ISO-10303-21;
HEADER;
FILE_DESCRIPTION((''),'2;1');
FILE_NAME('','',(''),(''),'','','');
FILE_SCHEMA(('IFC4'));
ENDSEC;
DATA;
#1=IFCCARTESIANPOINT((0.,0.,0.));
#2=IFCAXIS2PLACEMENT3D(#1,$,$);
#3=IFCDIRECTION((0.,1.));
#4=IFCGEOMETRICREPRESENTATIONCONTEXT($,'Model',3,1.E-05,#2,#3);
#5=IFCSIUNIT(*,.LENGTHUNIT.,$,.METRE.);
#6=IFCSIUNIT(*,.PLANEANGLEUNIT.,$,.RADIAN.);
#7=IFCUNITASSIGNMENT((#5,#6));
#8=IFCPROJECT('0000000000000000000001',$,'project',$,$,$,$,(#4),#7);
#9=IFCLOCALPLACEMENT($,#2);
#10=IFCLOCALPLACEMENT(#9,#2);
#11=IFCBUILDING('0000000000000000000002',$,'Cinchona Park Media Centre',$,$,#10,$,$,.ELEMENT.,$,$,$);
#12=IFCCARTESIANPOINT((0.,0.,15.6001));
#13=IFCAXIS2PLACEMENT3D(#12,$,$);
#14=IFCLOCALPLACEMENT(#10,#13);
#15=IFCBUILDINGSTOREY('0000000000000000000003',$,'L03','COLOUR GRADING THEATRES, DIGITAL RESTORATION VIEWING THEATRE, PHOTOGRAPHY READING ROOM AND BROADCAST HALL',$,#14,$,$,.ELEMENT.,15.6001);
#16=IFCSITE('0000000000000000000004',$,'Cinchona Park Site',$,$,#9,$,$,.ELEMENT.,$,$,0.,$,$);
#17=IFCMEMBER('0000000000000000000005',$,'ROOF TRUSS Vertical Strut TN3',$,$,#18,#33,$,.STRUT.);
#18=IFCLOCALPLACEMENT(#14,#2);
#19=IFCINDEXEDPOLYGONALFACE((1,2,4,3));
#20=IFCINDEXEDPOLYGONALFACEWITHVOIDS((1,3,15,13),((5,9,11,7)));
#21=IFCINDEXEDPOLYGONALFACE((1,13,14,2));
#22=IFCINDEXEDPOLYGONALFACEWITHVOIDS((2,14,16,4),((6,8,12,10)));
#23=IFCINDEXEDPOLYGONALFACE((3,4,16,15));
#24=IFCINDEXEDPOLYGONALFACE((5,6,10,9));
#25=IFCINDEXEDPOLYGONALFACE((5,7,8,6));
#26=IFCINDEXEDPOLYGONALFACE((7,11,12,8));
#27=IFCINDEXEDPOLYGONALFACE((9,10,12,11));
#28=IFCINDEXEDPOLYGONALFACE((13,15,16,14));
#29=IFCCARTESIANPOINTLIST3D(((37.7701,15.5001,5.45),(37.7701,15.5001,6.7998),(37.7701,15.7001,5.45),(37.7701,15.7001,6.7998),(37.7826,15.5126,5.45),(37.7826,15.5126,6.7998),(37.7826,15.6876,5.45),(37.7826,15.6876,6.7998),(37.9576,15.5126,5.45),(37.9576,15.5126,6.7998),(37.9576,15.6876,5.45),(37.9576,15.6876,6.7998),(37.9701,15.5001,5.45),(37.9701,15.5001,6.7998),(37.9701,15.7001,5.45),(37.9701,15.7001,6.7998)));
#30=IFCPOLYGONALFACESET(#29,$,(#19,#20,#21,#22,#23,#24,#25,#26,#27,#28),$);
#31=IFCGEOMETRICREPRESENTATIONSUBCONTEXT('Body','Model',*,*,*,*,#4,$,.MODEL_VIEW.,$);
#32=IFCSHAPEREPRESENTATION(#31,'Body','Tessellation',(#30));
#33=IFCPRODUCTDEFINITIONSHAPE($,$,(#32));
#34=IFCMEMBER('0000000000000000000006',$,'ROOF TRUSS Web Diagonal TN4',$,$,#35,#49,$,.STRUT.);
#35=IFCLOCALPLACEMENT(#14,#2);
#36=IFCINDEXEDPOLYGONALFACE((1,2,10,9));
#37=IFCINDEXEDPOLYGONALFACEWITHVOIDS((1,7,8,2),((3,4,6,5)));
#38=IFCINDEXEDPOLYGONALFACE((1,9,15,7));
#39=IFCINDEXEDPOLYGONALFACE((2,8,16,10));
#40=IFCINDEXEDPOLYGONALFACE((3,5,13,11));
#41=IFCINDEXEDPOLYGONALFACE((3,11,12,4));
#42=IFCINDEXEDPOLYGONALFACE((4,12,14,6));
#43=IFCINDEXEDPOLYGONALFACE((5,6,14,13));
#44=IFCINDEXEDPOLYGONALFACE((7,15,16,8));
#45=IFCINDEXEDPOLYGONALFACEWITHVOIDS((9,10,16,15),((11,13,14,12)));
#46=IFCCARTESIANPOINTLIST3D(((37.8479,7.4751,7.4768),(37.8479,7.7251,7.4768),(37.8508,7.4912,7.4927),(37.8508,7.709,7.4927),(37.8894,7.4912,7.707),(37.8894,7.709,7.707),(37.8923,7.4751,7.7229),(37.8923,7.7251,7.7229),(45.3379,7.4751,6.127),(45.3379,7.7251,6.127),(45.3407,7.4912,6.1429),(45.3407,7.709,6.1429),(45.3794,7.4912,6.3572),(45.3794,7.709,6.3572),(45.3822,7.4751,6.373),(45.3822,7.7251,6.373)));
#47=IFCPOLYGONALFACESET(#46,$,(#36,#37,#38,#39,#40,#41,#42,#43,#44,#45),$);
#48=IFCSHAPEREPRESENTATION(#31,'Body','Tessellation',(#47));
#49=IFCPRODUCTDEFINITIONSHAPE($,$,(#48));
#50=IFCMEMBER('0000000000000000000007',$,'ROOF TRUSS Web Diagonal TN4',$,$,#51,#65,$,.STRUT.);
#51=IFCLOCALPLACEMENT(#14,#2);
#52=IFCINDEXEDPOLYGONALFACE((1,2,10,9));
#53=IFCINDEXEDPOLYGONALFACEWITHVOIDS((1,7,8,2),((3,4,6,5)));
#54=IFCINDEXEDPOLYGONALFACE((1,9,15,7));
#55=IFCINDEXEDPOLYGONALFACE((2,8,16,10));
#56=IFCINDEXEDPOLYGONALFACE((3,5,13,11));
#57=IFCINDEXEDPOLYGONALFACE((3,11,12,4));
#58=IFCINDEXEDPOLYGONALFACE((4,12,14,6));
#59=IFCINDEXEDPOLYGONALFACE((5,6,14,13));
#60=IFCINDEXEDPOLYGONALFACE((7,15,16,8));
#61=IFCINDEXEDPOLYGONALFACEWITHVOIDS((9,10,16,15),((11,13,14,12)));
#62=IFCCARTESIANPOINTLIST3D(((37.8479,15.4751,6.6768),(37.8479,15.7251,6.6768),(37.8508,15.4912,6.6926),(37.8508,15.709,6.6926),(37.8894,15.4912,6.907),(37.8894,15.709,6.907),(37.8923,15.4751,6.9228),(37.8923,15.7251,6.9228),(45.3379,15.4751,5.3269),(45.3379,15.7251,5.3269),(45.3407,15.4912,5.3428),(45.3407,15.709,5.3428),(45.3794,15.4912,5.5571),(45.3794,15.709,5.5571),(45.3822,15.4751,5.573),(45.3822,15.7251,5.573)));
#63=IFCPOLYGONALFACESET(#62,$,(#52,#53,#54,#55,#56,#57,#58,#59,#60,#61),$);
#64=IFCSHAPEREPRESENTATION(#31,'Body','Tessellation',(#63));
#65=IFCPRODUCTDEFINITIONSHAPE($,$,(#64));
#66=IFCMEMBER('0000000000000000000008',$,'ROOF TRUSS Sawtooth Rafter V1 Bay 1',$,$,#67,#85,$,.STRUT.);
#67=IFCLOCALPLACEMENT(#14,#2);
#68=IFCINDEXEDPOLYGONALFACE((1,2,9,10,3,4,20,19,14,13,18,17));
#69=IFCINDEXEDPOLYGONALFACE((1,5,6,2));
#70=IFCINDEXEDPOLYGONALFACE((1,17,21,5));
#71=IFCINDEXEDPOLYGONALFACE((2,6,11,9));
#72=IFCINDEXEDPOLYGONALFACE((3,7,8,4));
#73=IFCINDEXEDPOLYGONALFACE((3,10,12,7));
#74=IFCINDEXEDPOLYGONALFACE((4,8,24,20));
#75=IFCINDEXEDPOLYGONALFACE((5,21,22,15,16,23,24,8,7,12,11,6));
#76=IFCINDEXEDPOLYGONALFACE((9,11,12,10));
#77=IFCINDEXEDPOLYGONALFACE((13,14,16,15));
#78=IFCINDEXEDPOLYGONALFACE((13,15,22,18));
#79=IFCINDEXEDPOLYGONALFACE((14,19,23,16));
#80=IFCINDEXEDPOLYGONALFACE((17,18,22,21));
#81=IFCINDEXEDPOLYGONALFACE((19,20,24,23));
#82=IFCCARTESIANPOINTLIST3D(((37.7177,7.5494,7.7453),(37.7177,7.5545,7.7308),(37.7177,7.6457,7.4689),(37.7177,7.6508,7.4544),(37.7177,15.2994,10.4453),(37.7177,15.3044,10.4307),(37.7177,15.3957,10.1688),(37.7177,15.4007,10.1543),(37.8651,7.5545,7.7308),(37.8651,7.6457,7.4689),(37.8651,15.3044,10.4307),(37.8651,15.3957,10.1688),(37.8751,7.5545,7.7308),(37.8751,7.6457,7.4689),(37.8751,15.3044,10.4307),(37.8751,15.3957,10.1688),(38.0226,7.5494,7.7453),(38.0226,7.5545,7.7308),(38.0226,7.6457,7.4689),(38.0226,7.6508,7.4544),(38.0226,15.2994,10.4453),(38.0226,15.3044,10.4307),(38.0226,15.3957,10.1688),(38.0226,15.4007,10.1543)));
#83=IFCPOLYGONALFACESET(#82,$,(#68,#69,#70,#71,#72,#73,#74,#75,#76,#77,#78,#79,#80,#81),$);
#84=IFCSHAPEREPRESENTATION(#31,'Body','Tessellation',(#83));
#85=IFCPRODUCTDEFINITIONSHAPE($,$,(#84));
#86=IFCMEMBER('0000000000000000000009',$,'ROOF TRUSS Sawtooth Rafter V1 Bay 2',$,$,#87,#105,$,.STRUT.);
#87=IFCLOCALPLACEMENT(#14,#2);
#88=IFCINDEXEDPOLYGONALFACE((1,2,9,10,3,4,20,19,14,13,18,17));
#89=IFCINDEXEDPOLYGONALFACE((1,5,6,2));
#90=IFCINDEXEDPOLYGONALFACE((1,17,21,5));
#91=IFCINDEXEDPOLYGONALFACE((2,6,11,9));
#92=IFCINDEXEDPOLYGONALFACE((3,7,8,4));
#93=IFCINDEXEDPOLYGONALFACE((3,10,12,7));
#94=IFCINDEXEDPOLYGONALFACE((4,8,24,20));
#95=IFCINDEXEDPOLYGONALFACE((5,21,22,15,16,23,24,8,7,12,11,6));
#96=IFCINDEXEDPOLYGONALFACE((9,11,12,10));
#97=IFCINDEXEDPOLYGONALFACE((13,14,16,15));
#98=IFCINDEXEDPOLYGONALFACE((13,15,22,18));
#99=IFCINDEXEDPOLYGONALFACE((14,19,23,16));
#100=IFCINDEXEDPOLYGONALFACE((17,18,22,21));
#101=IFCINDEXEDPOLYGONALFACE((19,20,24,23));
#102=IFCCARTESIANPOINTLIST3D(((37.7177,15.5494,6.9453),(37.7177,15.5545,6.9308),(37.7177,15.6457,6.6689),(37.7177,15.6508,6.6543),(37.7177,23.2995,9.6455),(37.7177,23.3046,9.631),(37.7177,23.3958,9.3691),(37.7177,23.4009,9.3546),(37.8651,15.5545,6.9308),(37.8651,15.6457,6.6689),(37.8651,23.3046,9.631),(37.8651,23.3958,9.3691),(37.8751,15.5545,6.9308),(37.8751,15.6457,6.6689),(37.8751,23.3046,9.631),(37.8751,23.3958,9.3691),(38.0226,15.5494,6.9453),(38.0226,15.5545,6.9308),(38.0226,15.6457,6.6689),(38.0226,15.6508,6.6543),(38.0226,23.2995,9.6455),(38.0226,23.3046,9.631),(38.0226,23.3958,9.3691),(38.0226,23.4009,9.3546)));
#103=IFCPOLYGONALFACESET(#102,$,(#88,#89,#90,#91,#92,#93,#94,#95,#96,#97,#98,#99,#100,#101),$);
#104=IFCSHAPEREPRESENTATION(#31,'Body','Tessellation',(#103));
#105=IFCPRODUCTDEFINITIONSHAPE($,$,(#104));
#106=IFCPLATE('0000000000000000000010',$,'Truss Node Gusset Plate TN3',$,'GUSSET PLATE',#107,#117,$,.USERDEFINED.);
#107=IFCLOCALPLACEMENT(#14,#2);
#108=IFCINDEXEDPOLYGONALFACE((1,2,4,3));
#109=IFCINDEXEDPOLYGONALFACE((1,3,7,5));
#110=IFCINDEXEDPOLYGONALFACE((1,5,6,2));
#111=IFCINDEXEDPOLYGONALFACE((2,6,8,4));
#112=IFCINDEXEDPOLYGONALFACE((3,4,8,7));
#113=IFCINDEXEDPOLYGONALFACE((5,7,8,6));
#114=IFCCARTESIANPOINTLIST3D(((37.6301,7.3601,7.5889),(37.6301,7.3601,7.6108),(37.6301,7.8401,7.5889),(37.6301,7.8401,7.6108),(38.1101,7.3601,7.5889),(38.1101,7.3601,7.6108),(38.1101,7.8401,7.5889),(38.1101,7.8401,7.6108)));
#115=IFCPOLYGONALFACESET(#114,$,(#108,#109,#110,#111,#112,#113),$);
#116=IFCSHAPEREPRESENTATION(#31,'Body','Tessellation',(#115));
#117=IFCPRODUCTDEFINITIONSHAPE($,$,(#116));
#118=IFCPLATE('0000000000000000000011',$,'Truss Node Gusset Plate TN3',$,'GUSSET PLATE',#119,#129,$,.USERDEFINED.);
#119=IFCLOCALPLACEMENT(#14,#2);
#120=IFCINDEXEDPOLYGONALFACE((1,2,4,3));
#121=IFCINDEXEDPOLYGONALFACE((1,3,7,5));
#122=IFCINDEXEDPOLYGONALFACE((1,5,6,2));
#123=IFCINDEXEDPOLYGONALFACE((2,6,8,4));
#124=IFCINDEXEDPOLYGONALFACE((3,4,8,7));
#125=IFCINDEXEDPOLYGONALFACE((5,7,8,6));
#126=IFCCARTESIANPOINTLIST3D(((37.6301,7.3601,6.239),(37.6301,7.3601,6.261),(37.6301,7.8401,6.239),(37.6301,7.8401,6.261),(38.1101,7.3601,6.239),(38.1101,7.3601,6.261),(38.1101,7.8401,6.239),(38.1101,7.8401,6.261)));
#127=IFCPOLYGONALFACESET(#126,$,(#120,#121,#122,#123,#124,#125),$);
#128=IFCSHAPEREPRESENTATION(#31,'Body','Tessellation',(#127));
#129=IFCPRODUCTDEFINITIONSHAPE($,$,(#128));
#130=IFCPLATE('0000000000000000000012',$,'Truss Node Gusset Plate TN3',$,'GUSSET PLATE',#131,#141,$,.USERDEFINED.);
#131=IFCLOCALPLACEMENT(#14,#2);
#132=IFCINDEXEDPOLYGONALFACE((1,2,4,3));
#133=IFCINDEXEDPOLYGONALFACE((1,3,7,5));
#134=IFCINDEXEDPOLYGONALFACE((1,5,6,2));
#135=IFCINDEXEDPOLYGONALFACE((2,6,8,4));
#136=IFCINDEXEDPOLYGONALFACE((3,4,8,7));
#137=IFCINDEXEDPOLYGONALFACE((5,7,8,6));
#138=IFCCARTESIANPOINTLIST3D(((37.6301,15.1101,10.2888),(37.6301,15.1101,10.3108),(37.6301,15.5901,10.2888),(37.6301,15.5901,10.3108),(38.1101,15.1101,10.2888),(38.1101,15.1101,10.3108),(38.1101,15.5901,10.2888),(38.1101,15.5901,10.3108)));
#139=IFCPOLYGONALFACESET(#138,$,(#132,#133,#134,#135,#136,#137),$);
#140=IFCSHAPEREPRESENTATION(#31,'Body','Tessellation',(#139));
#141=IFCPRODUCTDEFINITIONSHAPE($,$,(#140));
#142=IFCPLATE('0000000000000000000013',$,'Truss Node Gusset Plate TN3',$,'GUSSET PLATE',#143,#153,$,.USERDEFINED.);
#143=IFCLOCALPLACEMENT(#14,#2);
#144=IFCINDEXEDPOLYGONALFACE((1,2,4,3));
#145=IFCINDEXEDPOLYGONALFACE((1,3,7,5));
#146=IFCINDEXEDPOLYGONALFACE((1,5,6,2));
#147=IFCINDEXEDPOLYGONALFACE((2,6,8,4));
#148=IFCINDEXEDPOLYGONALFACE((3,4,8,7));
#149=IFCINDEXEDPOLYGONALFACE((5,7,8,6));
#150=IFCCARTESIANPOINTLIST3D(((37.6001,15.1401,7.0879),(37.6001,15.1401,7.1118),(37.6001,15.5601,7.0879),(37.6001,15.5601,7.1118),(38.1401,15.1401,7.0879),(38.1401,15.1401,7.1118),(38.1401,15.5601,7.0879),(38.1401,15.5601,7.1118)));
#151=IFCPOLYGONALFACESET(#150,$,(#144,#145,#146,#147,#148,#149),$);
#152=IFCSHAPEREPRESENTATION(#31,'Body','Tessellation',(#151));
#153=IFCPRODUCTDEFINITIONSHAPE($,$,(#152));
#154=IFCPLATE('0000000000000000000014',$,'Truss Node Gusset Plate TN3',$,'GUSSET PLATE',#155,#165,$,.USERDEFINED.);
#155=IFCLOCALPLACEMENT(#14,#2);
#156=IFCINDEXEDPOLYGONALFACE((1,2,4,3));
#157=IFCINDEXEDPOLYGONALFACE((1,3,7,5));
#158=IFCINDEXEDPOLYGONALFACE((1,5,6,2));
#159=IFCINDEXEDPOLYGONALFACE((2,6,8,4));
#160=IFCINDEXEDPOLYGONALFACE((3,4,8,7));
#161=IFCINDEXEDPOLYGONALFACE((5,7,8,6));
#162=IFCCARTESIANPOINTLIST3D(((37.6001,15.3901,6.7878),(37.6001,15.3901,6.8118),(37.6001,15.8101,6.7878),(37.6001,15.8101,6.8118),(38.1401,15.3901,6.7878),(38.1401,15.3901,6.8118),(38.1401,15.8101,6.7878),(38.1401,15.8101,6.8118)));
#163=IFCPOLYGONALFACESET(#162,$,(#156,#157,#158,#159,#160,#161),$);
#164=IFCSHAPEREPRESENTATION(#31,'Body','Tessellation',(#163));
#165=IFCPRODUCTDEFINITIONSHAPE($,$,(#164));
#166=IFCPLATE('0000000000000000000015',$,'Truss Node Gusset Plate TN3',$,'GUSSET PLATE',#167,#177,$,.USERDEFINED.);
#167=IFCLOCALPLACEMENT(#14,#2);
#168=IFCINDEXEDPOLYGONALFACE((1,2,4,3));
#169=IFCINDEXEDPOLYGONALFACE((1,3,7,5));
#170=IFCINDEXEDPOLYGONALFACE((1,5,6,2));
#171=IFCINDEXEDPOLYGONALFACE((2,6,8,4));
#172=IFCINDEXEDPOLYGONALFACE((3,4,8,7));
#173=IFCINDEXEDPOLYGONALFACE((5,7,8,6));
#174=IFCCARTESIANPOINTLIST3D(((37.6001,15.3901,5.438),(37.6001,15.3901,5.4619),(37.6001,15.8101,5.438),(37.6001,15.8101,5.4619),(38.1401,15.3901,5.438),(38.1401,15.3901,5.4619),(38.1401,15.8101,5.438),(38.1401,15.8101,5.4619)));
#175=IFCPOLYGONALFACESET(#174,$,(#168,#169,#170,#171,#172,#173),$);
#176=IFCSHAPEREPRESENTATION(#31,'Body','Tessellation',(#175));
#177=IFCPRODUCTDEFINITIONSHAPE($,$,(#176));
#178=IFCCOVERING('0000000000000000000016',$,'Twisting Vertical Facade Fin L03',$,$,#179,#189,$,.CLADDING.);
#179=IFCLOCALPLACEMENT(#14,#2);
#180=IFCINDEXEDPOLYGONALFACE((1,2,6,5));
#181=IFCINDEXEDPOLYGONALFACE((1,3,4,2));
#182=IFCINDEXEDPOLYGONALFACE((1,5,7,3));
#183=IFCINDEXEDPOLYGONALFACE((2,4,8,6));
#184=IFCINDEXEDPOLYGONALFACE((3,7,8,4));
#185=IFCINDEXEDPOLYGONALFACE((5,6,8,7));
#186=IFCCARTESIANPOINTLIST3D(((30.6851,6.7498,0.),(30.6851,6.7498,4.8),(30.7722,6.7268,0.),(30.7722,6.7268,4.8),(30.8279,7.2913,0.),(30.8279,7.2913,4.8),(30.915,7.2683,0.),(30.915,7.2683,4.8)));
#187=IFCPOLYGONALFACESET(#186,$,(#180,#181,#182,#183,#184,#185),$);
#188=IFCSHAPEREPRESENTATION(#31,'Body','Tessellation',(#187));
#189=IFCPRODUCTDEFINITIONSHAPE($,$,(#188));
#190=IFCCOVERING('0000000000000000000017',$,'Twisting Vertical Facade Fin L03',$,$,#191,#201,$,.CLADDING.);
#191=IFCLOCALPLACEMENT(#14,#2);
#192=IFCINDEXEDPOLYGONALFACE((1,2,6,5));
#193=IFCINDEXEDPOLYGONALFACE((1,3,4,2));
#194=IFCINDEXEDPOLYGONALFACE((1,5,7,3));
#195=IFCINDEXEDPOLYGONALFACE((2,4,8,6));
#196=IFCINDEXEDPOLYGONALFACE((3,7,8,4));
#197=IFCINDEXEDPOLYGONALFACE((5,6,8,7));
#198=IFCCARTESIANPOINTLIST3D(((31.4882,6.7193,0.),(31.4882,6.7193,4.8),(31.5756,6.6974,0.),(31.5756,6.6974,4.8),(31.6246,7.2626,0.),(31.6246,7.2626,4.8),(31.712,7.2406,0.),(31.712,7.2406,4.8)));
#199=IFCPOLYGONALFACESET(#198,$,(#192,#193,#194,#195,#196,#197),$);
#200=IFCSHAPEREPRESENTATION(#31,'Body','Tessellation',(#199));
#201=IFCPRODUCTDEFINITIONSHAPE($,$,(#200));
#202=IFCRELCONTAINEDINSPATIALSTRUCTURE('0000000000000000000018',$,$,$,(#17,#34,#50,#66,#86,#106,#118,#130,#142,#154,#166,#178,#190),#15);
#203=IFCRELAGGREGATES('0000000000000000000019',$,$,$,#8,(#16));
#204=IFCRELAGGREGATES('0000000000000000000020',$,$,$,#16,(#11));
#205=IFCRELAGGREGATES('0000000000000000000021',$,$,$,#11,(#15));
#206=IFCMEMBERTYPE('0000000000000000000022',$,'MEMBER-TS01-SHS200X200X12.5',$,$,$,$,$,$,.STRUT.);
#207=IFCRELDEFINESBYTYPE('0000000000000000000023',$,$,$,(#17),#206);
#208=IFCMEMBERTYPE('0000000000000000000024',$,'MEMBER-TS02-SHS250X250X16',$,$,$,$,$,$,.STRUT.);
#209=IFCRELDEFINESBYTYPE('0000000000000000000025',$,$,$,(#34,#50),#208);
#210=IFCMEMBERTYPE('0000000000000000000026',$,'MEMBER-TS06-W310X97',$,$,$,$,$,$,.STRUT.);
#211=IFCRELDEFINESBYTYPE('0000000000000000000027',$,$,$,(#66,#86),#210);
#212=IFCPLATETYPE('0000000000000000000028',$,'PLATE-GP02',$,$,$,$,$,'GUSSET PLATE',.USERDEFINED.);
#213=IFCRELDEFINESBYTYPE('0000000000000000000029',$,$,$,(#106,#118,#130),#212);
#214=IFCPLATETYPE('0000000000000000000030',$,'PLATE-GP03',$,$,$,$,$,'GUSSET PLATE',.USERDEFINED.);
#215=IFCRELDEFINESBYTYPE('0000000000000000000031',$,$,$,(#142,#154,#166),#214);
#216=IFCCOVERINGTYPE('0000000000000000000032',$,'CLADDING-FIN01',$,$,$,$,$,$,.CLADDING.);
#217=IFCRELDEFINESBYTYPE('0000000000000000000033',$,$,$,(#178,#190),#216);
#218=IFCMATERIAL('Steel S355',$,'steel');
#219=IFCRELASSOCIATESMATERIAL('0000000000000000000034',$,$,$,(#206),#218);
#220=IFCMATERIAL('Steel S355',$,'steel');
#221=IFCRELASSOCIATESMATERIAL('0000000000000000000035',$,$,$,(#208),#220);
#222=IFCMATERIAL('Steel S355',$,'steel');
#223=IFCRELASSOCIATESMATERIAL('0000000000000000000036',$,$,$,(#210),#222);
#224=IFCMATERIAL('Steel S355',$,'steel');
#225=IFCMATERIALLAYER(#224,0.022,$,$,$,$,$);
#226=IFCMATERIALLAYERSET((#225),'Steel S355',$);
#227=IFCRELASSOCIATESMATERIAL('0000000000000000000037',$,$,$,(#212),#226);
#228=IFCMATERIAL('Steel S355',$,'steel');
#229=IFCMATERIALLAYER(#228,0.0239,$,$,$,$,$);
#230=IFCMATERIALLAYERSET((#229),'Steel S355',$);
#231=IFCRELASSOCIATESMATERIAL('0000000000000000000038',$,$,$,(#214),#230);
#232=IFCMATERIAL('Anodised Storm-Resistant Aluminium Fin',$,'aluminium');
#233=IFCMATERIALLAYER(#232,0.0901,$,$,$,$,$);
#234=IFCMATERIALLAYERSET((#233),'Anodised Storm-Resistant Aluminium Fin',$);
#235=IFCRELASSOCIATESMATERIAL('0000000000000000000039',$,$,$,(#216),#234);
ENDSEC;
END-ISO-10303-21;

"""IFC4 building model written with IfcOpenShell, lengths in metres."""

from ifc_helpers import new_model, si_unit, direction, frame, origin, origin_2d, place, context, subcontext, project, spatial, rectangle, hollow_rectangle, i_section, extrude, material, layer, layer_set, material_profile, profile_set, type_object, element, save


model = new_model("IFC4")

# Units and contexts
model_context = context("Model", 3, precision=1e-05, world=origin(), true_north=direction((0.0, 1.0)))
body_context = subcontext(model_context, "Body", "Model", "MODEL_VIEW")
ifc_project = project(units=[si_unit("LENGTHUNIT", "METRE"), si_unit("PLANEANGLEUNIT", "RADIAN")], contexts=[model_context])

# Site, building, storey
site_placement = place(None, origin())
site = spatial("IfcSite", under=ifc_project, at=site_placement, Name="Cinchona Park Site", CompositionType="ELEMENT", RefElevation=0.0)
building_placement = place(site_placement, origin())
building = spatial("IfcBuilding", under=site, at=building_placement, Name="Cinchona Park Media Centre", CompositionType="ELEMENT")
storey_placement = place(building_placement, frame((0.0, 0.0, 15.6001)))
storey = spatial("IfcBuildingStorey", under=building, at=storey_placement, Name="L03", Description="COLOUR GRADING THEATRES, DIGITAL RESTORATION VIEWING THEATRE, PHOTOGRAPHY READING ROOM AND BROADCAST HALL", CompositionType="ELEMENT", Elevation=15.6001)

# Members
ifc_material_1 = material(Name="Steel S355", Category="steel")
ifc_material_profile_1 = material_profile(ifc_material_1, hollow_rectangle(XDim=0.2, YDim=0.2, WallThickness=0.0125, at=origin_2d()), Name="200X200X12.5SHS")
ifc_profile_set_1 = profile_set([ifc_material_profile_1], Name="Steel S355")
member_type_1 = type_object("IfcMemberType", Name="MEMBER-TS01-SHS200X200X12.5", PredefinedType="STRUT", material=ifc_profile_set_1)
member_1_placement = place(storey_placement, frame((37.8701, 15.6001, 5.45), z_axis=(0.0, 0.0, 1.0), x_axis=(1.0, 0.0, 0.0)))
element("IfcMember", 1, at=member_1_placement, inside=storey, type_object=member_type_1, Name="ROOF TRUSS Vertical Strut TN3", PredefinedType="STRUT", context=body_context, shape_type="SweptSolid", body=[
    extrude(hollow_rectangle(XDim=0.2, YDim=0.2, WallThickness=0.0125, at=origin_2d()), origin(), (0.0, 0.0, 1.0), 1.3499),
])
ifc_material_2 = material(Name="Steel S355", Category="steel")
ifc_material_profile_2 = material_profile(ifc_material_2, hollow_rectangle(XDim=0.25, YDim=0.25, WallThickness=0.0161, at=origin_2d()), Name="250X250X16SHS")
ifc_profile_set_2 = profile_set([ifc_material_profile_2], Name="Steel S355")
member_type_2 = type_object("IfcMemberType", Name="MEMBER-TS02-SHS250X250X16", PredefinedType="STRUT", material=ifc_profile_set_2)
for number, where, z_axis, x_axis, name in (
    (2, (37.8701, 7.6001, 7.5999), (0.984145, 0.0, -0.177364), (0.0, 1.0, 0.0), "ROOF TRUSS Web Diagonal TN4"),
    (3, (37.8701, 15.6001, 6.7998), (0.984145, 0.0, -0.177364), (0.0, 1.0, 0.0), "ROOF TRUSS Web Diagonal TN4"),
):
    element("IfcMember", number, at=place(storey_placement, frame(where, z_axis=z_axis, x_axis=x_axis)), inside=storey, type_object=member_type_2, Name=name, PredefinedType="STRUT", context=body_context, shape_type="SweptSolid", body=[
        extrude(hollow_rectangle(XDim=0.25, YDim=0.25, WallThickness=0.0161, at=origin_2d()), origin(), (0.0, 0.0, 1.0), 7.6106),
    ])
ifc_material_3 = material(Name="Steel S355", Category="steel")
ifc_material_profile_3 = material_profile(ifc_material_3, i_section(OverallWidth=0.3049, OverallDepth=0.3081, WebThickness=0.01, FlangeThickness=0.0154, at=origin_2d()), Name="W310X97")
ifc_profile_set_3 = profile_set([ifc_material_profile_3], Name="Steel S355")
member_type_3 = type_object("IfcMemberType", Name="MEMBER-TS06-W310X97", PredefinedType="STRUT", material=ifc_profile_set_3)
member_2_placement = place(storey_placement, frame((37.8701, 7.6001, 7.5999), z_axis=(0.0, 0.944334, 0.328988), x_axis=(-1.0, 0.0, 0.0)))
element("IfcMember", 4, at=member_2_placement, inside=storey, type_object=member_type_3, Name="ROOF TRUSS Sawtooth Rafter V1 Bay 1", PredefinedType="STRUT", context=body_context, shape_type="SweptSolid", body=[
    extrude(i_section(OverallWidth=0.3049, OverallDepth=0.3081, WebThickness=0.01, FlangeThickness=0.0154, at=origin_2d()), origin(), (0.0, 0.0, 1.0), 8.2068),
])
member_3_placement = place(storey_placement, frame((37.8701, 15.6001, 6.7998), z_axis=(0.0, 0.944325, 0.329014), x_axis=(-1.0, 0.0, 0.0)))
element("IfcMember", 5, at=member_3_placement, inside=storey, type_object=member_type_3, Name="ROOF TRUSS Sawtooth Rafter V1 Bay 2", PredefinedType="STRUT", context=body_context, shape_type="SweptSolid", body=[
    extrude(i_section(OverallWidth=0.3049, OverallDepth=0.3081, WebThickness=0.01, FlangeThickness=0.0154, at=origin_2d()), origin(), (0.0, 0.0, 1.0), 8.207),
])

# Plates
ifc_material_4 = material(Name="Steel S355", Category="steel")
ifc_layer_1 = layer(ifc_material_4, 0.022)
ifc_layer_set_1 = layer_set([ifc_layer_1], Name="Steel S355")
plate_type_1 = type_object("IfcPlateType", Name="PLATE-GP02", ElementType="GUSSET PLATE", PredefinedType="USERDEFINED", material=ifc_layer_set_1)
for number, where, z_axis, x_axis, name in (
    (6, (37.8701, 7.6001, 7.5889), (0.0, 0.0, 1.0), (1.0, 0.0, 0.0), "Truss Node Gusset Plate TN3"),
    (7, (37.8701, 7.6001, 6.239), (0.0, 0.0, 1.0), (1.0, 0.0, 0.0), "Truss Node Gusset Plate TN3"),
    (8, (37.8701, 15.3501, 10.2888), (0.0, 0.0, 1.0), (1.0, 0.0, 0.0), "Truss Node Gusset Plate TN3"),
):
    element("IfcPlate", number, at=place(storey_placement, frame(where, z_axis=z_axis, x_axis=x_axis)), inside=storey, type_object=plate_type_1, Name=name, ObjectType="GUSSET PLATE", PredefinedType="USERDEFINED", context=body_context, shape_type="SweptSolid", body=[
        extrude(rectangle(XDim=0.48, YDim=0.48, at=origin_2d()), origin(), (0.0, 0.0, 1.0), 0.022),
    ])
ifc_material_5 = material(Name="Steel S355", Category="steel")
ifc_layer_2 = layer(ifc_material_5, 0.0239)
ifc_layer_set_2 = layer_set([ifc_layer_2], Name="Steel S355")
plate_type_2 = type_object("IfcPlateType", Name="PLATE-GP03", ElementType="GUSSET PLATE", PredefinedType="USERDEFINED", material=ifc_layer_set_2)
for number, where, z_axis, x_axis, name in (
    (9, (37.8701, 15.3501, 7.0879), (0.0, 0.0, 1.0), (1.0, 0.0, 0.0), "Truss Node Gusset Plate TN3"),
    (10, (37.8701, 15.6001, 6.7878), (0.0, 0.0, 1.0), (1.0, 0.0, 0.0), "Truss Node Gusset Plate TN3"),
    (11, (37.8701, 15.6001, 5.438), (0.0, 0.0, 1.0), (1.0, 0.0, 0.0), "Truss Node Gusset Plate TN3"),
):
    element("IfcPlate", number, at=place(storey_placement, frame(where, z_axis=z_axis, x_axis=x_axis)), inside=storey, type_object=plate_type_2, Name=name, ObjectType="GUSSET PLATE", PredefinedType="USERDEFINED", context=body_context, shape_type="SweptSolid", body=[
        extrude(rectangle(XDim=0.54, YDim=0.4199, at=origin_2d()), origin(), (0.0, 0.0, 1.0), 0.0239),
    ])

# Coverings
ifc_material_6 = material(Name="Anodised Storm-Resistant Aluminium Fin", Category="aluminium")
ifc_layer_3 = layer(ifc_material_6, 0.0901)
ifc_layer_set_3 = layer_set([ifc_layer_3], Name="Anodised Storm-Resistant Aluminium Fin")
covering_type = type_object("IfcCoveringType", Name="CLADDING-FIN01", PredefinedType="CLADDING", material=ifc_layer_set_3)
for number, where, z_axis, x_axis, name in (
    (12, (30.8, 7.009, 0.0), (0.0, 0.0, 1.0), (0.255108, 0.966912, 0.0), "Twisting Vertical Facade Fin L03"),
    (13, (31.6001, 6.98, 0.0), (0.0, 0.0, 1.0), (0.243446, 0.969915, 0.0), "Twisting Vertical Facade Fin L03"),
):
    element("IfcCovering", number, at=place(storey_placement, frame(where, z_axis=z_axis, x_axis=x_axis)), inside=storey, type_object=covering_type, Name=name, PredefinedType="CLADDING", context=body_context, shape_type="SweptSolid", body=[
        extrude(rectangle(XDim=0.5601, YDim=0.0901, at=origin_2d()), origin(), (0.0, 0.0, 1.0), 4.8),
    ])

save(model, "model.ifc")
